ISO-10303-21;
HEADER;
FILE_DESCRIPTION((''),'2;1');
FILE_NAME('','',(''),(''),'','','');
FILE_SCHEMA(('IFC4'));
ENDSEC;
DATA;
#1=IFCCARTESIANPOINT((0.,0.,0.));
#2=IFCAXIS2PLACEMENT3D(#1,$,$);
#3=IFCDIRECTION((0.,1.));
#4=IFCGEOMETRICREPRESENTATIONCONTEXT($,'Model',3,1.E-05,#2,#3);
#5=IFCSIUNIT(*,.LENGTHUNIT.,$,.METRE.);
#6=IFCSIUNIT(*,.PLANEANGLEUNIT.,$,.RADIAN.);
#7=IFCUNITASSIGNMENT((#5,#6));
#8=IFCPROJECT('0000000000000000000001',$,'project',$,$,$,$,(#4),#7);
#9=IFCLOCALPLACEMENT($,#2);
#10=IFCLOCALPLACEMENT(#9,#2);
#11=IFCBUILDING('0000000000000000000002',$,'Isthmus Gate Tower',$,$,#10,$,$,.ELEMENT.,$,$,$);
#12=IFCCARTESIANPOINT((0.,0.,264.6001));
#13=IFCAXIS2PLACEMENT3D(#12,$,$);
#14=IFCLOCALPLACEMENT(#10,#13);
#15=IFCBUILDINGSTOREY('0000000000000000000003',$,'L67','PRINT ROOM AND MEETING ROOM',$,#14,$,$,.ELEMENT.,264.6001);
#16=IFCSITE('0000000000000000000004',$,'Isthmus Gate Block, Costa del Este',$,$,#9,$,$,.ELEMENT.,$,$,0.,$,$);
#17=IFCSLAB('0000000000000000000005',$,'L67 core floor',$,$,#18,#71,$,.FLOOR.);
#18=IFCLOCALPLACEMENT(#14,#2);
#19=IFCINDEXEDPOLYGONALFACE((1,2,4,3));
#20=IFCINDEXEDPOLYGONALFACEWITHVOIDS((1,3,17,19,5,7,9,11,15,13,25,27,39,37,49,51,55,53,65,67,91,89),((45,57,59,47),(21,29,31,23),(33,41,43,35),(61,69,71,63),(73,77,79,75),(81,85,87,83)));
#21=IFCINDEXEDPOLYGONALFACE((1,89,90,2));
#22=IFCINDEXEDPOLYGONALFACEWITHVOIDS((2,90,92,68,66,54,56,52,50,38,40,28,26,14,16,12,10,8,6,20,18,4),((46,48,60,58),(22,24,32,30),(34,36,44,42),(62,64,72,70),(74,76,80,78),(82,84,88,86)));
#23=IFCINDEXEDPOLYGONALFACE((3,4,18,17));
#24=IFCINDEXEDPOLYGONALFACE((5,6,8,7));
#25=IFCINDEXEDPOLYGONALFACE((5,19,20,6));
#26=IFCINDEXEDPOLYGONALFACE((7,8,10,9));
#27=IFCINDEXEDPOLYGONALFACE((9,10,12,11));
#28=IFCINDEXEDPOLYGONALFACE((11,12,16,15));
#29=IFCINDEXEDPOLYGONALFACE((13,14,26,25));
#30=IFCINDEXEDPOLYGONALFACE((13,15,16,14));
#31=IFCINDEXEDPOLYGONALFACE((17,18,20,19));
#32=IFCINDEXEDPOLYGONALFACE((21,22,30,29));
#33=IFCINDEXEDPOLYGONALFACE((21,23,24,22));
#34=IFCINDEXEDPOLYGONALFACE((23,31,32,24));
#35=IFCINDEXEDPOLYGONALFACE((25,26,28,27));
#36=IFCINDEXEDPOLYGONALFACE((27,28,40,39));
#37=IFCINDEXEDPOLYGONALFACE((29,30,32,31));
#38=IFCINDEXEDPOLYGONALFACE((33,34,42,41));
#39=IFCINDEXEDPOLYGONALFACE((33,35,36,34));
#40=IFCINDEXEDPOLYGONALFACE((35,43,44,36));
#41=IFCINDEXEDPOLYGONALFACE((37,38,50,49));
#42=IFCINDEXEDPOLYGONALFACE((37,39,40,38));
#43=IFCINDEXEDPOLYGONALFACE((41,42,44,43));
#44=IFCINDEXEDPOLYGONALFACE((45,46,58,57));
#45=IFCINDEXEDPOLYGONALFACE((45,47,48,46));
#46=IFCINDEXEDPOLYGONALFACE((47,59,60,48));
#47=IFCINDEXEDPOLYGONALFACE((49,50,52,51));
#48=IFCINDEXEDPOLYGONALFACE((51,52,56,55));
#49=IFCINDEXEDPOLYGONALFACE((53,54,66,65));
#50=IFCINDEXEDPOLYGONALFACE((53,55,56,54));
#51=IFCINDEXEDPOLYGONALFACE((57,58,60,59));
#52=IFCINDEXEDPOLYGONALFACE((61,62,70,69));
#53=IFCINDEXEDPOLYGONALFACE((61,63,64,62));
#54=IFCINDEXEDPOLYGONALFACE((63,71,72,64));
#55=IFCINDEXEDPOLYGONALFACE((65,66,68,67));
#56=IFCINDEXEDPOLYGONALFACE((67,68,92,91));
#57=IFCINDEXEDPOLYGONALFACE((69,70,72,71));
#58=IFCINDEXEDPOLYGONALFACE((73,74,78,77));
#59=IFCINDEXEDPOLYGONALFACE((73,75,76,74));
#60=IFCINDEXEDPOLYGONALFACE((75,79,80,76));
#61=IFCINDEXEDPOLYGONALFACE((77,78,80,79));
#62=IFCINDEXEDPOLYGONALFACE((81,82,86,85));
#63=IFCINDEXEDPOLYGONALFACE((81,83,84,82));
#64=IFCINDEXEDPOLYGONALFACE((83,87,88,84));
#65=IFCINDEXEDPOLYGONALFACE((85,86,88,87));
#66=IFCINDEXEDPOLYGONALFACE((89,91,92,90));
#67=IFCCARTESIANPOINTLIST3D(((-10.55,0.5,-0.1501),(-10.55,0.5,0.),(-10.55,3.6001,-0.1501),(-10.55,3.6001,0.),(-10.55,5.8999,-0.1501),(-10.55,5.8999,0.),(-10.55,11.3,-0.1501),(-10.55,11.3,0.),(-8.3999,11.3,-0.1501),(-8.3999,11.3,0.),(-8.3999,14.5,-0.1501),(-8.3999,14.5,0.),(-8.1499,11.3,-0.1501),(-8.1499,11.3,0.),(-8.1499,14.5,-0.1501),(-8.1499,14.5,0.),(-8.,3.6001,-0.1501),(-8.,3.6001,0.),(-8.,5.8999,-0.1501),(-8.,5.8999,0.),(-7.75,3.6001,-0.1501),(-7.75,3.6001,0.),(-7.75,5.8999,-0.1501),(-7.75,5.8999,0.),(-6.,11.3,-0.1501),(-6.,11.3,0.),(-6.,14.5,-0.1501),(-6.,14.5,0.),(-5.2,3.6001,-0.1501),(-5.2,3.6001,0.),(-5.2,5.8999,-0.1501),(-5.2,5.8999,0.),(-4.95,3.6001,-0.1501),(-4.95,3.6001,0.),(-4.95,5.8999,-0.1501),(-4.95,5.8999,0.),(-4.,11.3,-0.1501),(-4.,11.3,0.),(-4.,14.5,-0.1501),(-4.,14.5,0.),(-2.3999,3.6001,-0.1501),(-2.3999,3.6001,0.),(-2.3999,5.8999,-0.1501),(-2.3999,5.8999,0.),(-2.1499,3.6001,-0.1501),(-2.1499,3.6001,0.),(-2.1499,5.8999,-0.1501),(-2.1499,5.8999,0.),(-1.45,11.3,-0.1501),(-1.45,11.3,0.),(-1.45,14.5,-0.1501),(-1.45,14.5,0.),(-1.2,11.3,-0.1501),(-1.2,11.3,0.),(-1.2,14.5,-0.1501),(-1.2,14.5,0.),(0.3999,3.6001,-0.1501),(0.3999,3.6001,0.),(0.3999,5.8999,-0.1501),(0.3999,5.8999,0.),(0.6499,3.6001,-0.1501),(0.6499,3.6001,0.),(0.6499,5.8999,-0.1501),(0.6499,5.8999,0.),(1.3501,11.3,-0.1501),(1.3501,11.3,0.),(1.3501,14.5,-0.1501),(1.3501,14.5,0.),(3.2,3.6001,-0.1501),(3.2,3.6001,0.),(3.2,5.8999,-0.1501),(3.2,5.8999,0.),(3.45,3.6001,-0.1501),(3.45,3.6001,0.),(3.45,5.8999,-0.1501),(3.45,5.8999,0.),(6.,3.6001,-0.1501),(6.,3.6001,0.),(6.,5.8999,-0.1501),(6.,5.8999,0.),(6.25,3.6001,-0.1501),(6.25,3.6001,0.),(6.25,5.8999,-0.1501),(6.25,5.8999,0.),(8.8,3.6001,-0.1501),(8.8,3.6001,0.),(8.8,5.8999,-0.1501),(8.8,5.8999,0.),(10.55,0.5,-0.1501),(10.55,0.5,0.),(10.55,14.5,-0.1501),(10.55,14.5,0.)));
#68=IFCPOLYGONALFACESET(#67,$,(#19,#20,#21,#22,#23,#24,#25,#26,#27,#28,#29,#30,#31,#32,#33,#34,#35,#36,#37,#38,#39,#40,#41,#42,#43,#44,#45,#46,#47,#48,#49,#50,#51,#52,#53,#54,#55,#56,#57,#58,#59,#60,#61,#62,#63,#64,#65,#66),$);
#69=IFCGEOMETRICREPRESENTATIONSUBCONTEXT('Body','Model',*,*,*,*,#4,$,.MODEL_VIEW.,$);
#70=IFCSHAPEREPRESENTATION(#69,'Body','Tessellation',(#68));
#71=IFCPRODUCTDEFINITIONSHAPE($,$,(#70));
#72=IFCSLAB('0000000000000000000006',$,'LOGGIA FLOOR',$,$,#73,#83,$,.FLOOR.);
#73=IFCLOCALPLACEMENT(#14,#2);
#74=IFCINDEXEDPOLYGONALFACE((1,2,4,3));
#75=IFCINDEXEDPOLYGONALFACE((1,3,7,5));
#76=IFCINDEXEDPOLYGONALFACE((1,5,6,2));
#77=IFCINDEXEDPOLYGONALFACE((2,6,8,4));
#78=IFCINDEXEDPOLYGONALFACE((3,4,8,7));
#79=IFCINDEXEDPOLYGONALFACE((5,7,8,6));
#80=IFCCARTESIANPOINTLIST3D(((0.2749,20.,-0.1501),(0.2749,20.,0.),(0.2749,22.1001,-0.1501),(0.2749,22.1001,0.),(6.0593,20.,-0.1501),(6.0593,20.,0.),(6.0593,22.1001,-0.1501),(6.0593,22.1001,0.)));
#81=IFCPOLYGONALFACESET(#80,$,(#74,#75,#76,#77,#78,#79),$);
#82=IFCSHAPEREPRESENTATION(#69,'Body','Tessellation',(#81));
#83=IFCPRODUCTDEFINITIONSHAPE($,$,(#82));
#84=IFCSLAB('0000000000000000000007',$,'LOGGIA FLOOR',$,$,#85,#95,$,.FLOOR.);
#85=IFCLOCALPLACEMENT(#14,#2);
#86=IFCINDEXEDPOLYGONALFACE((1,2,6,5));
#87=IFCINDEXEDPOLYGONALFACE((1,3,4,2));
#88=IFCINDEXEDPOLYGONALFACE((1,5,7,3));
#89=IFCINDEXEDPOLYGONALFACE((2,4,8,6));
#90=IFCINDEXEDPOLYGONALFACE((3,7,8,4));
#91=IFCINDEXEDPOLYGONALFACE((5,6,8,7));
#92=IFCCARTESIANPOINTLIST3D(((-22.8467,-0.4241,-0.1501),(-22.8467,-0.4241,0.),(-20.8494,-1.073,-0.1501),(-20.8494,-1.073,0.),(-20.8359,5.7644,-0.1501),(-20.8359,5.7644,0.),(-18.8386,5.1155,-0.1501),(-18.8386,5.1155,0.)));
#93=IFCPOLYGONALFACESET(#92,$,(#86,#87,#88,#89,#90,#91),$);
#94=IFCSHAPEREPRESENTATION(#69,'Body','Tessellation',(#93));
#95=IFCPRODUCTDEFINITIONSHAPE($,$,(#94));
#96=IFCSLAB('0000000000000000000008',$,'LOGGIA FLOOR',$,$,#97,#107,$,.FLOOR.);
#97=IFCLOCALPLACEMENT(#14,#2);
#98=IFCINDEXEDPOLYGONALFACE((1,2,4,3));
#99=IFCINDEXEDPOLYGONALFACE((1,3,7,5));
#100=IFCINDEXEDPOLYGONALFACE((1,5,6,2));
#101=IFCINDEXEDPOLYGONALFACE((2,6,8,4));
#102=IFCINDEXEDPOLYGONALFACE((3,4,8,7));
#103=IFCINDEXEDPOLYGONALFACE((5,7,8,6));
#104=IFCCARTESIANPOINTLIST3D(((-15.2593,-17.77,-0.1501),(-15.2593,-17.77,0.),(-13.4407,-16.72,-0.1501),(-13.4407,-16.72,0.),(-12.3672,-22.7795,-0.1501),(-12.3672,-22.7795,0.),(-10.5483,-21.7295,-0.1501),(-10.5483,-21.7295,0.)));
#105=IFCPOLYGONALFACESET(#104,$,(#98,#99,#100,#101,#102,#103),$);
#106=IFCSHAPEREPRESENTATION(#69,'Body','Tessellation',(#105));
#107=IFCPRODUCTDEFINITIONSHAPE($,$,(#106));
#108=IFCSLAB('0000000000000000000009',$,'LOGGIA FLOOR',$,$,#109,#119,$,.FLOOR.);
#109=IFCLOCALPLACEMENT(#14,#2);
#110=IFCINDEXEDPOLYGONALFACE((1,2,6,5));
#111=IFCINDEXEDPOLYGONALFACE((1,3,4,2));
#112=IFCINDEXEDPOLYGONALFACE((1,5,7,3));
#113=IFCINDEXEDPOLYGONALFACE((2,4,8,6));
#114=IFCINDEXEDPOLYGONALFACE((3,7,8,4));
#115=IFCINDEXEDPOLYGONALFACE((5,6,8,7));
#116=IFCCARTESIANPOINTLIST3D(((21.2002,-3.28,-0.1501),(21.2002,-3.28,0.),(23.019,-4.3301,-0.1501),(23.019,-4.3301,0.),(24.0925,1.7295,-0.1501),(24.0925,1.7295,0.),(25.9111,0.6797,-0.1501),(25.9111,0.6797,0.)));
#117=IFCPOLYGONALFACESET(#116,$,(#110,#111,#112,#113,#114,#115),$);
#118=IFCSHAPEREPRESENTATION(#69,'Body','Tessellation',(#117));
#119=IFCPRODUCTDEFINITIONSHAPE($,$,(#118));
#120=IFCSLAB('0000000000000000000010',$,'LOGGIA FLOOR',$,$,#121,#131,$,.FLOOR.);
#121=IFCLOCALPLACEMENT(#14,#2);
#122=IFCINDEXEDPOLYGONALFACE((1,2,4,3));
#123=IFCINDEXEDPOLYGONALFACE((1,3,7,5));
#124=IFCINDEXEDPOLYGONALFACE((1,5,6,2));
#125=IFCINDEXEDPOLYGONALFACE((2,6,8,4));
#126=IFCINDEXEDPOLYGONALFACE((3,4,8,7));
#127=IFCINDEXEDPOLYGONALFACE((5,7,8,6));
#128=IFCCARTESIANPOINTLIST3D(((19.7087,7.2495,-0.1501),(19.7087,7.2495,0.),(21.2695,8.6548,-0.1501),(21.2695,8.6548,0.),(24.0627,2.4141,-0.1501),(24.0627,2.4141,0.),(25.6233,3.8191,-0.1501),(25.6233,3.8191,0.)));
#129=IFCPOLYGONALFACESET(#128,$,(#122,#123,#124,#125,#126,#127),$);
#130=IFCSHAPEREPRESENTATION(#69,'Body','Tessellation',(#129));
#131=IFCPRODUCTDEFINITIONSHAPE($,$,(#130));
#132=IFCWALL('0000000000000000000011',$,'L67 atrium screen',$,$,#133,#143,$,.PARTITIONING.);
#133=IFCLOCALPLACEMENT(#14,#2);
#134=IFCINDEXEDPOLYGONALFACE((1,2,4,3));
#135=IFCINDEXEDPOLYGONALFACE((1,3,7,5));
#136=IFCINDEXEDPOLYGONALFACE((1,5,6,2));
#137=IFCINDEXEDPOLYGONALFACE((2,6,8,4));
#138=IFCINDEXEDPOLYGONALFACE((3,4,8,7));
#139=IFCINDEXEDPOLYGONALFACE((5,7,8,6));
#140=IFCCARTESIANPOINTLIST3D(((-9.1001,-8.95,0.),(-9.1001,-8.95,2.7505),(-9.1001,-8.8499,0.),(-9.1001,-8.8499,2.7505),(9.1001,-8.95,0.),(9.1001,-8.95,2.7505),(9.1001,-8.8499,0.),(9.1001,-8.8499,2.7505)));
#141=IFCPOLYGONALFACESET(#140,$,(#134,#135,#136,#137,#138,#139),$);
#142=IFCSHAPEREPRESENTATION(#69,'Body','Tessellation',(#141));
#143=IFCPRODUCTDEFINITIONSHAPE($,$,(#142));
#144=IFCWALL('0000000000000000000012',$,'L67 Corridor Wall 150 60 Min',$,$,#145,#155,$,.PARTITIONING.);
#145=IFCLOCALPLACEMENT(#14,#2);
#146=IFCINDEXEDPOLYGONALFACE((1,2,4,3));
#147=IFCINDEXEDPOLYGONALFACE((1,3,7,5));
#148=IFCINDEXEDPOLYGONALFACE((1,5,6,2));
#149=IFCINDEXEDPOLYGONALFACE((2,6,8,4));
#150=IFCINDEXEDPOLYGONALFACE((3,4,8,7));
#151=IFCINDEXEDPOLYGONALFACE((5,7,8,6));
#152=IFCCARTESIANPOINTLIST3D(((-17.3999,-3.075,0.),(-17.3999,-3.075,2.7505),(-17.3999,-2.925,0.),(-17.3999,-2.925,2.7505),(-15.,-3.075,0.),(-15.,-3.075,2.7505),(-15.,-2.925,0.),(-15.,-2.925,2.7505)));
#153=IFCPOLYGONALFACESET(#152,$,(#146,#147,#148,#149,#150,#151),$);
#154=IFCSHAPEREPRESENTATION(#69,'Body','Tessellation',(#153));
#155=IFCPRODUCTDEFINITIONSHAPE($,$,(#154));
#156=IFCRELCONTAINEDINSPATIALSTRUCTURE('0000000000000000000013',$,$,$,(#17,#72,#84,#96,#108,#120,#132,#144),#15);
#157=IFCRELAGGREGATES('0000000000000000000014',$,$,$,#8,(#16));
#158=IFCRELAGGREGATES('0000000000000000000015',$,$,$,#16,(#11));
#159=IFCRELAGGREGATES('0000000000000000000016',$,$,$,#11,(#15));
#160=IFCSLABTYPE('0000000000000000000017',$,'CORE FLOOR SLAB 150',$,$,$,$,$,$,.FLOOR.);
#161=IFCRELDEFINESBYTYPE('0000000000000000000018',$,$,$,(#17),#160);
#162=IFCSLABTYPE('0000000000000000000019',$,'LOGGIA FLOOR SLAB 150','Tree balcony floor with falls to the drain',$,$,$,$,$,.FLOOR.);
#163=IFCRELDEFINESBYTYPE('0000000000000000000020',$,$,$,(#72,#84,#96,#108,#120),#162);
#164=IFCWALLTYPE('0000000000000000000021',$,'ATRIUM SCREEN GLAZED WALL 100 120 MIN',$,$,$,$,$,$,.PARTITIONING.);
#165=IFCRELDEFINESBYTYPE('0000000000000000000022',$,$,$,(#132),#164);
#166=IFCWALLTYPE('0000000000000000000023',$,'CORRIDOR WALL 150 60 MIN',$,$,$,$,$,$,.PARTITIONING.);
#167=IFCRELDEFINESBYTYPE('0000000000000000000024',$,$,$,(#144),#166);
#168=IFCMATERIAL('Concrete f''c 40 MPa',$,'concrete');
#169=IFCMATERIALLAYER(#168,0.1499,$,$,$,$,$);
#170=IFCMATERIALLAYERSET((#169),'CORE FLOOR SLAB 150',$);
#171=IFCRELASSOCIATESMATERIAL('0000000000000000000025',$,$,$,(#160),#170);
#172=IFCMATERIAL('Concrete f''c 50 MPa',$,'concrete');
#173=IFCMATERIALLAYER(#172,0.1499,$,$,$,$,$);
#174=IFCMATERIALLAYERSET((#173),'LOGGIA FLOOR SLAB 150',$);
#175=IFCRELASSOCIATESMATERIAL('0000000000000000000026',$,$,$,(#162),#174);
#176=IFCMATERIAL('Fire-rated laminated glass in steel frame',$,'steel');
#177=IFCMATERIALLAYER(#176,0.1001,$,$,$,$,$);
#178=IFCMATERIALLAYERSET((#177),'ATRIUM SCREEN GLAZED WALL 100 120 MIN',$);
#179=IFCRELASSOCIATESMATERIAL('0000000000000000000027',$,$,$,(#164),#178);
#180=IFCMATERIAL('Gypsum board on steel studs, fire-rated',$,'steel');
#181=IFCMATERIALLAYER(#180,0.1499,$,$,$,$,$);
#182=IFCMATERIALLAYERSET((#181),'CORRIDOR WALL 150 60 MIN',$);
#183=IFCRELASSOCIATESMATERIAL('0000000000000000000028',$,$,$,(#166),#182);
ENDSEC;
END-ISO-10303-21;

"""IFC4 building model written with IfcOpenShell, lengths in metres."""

from ifc_helpers import new_model, si_unit, direction, frame, frame_2d, origin, place, context, subcontext, project, spatial, polyline, rectangle, outline, extrude, material, layer, layer_set, type_object, element, save


model = new_model("IFC4")

# Units and contexts
model_context = context("Model", 3, precision=1e-05, world=origin(), true_north=direction((0.0, 1.0)))
body_context = subcontext(model_context, "Body", "Model", "MODEL_VIEW")
ifc_project = project(units=[si_unit("LENGTHUNIT", "METRE"), si_unit("PLANEANGLEUNIT", "RADIAN")], contexts=[model_context])

# Site, building, storey
site_placement = place(None, origin())
site = spatial("IfcSite", under=ifc_project, at=site_placement, Name="Isthmus Gate Block, Costa del Este", CompositionType="ELEMENT", RefElevation=0.0)
building_placement = place(site_placement, origin())
building = spatial("IfcBuilding", under=site, at=building_placement, Name="Isthmus Gate Tower", CompositionType="ELEMENT")
storey_placement = place(building_placement, frame((0.0, 0.0, 264.6001)))
storey = spatial("IfcBuildingStorey", under=building, at=storey_placement, Name="L67", Description="PRINT ROOM AND MEETING ROOM", CompositionType="ELEMENT", Elevation=264.6001)

# Slabs
ifc_material_1 = material(Name="Concrete f'c 40 MPa", Category="concrete")
ifc_layer_1 = layer(ifc_material_1, 0.1499)
ifc_layer_set_1 = layer_set([ifc_layer_1], Name="CORE FLOOR SLAB 150")
slab_type_1 = type_object("IfcSlabType", Name="CORE FLOOR SLAB 150", PredefinedType="FLOOR", material=ifc_layer_set_1)
slab_1_placement = place(storey_placement, frame((0.0, 0.0, -0.1501)))
element("IfcSlab", 1, at=slab_1_placement, inside=storey, type_object=slab_type_1, Name="L67 core floor", PredefinedType="FLOOR", context=body_context, shape_type="SweptSolid", body=[
    extrude(outline(polyline([(10.55, 14.5), (1.3501, 14.5), (1.3501, 11.3), (-1.2, 11.3), (-1.2, 14.5), (-1.45, 14.5), (-1.45, 11.3), (-4.0, 11.3), (-4.0, 14.5), (-6.0, 14.5), (-6.0, 11.3), (-8.1499, 11.3), (-8.1499, 14.5), (-8.3999, 14.5), (-8.3999, 11.3), (-10.55, 11.3), (-10.55, 5.8999), (-8.0, 5.8999), (-8.0, 3.6001), (-10.55, 3.6001), (-10.55, 0.5), (10.55, 0.5), (10.55, 14.5)]), holes=[polyline([(-5.2, 5.8999), (-5.2, 3.6001), (-7.75, 3.6001), (-7.75, 5.8999), (-5.2, 5.8999)]), polyline([(-2.3999, 5.8999), (-2.3999, 3.6001), (-4.95, 3.6001), (-4.95, 5.8999), (-2.3999, 5.8999)]), polyline([(0.3999, 5.8999), (0.3999, 3.6001), (-2.1499, 3.6001), (-2.1499, 5.8999), (0.3999, 5.8999)]), polyline([(3.2, 5.8999), (3.2, 3.6001), (0.6499, 3.6001), (0.6499, 5.8999), (3.2, 5.8999)]), polyline([(6.0, 5.8999), (6.0, 3.6001), (3.45, 3.6001), (3.45, 5.8999), (6.0, 5.8999)]), polyline([(8.8, 5.8999), (8.8, 3.6001), (6.25, 3.6001), (6.25, 5.8999), (8.8, 5.8999)])]), origin(), (0.0, 0.0, 1.0), 0.1501),
])
ifc_material_2 = material(Name="Concrete f'c 50 MPa", Category="concrete")
ifc_layer_2 = layer(ifc_material_2, 0.1499)
ifc_layer_set_2 = layer_set([ifc_layer_2], Name="LOGGIA FLOOR SLAB 150")
slab_type_2 = type_object("IfcSlabType", Name="LOGGIA FLOOR SLAB 150", Description="Tree balcony floor with falls to the drain", PredefinedType="FLOOR", material=ifc_layer_set_2)
slab_2_placement = place(storey_placement, frame((0.0, 0.0, -0.1501)))
element("IfcSlab", 2, at=slab_2_placement, inside=storey, type_object=slab_type_2, Name="LOGGIA FLOOR", PredefinedType="FLOOR", context=body_context, shape_type="SweptSolid", body=[
    extrude(outline(polyline([(6.0593, 22.1001), (0.2749, 22.1001), (0.2749, 20.0), (6.0593, 20.0), (6.0593, 22.1001)])), origin(), (0.0, 0.0, 1.0), 0.1501),
])
slab_3_placement = place(storey_placement, frame((0.0, 0.0, -0.1501)))
element("IfcSlab", 3, at=slab_3_placement, inside=storey, type_object=slab_type_2, Name="LOGGIA FLOOR", PredefinedType="FLOOR", context=body_context, shape_type="SweptSolid", body=[
    extrude(outline(polyline([(-20.8359, 5.7644), (-22.8467, -0.4241), (-20.8494, -1.073), (-18.8386, 5.1155), (-20.8359, 5.7644)])), origin(), (0.0, 0.0, 1.0), 0.1501),
])
slab_4_placement = place(storey_placement, frame((0.0, 0.0, -0.1501)))
element("IfcSlab", 4, at=slab_4_placement, inside=storey, type_object=slab_type_2, Name="LOGGIA FLOOR", PredefinedType="FLOOR", context=body_context, shape_type="SweptSolid", body=[
    extrude(outline(polyline([(-15.2593, -17.77), (-12.3672, -22.7795), (-10.5483, -21.7295), (-13.4407, -16.72), (-15.2593, -17.77)])), origin(), (0.0, 0.0, 1.0), 0.1501),
])
slab_5_placement = place(storey_placement, frame((0.0, 0.0, -0.1501)))
element("IfcSlab", 5, at=slab_5_placement, inside=storey, type_object=slab_type_2, Name="LOGGIA FLOOR", PredefinedType="FLOOR", context=body_context, shape_type="SweptSolid", body=[
    extrude(outline(polyline([(23.019, -4.3301), (25.9111, 0.6797), (24.0925, 1.7295), (21.2002, -3.28), (23.019, -4.3301)])), origin(), (0.0, 0.0, 1.0), 0.1501),
])
slab_6_placement = place(storey_placement, frame((0.0, 0.0, -0.1501)))
element("IfcSlab", 6, at=slab_6_placement, inside=storey, type_object=slab_type_2, Name="LOGGIA FLOOR", PredefinedType="FLOOR", context=body_context, shape_type="SweptSolid", body=[
    extrude(outline(polyline([(25.6233, 3.8191), (21.2695, 8.6548), (19.7087, 7.2495), (24.0627, 2.4141), (25.6233, 3.8191)])), origin(), (0.0, 0.0, 1.0), 0.1501),
])

# Walls
ifc_material_3 = material(Name="Fire-rated laminated glass in steel frame", Category="steel")
ifc_layer_3 = layer(ifc_material_3, 0.1001)
ifc_layer_set_3 = layer_set([ifc_layer_3], Name="ATRIUM SCREEN GLAZED WALL 100 120 MIN")
wall_type_1 = type_object("IfcWallType", Name="ATRIUM SCREEN GLAZED WALL 100 120 MIN", PredefinedType="PARTITIONING", material=ifc_layer_set_3)
wall_1_placement = place(storey_placement, frame((-9.1001, -8.8999, 0.0), z_axis=(0.0, 0.0, 1.0), x_axis=(1.0, 0.0, 0.0)))
element("IfcWall", 7, at=wall_1_placement, inside=storey, type_object=wall_type_1, Name="L67 atrium screen", PredefinedType="PARTITIONING", context=body_context, shape_type="SweptSolid", body=[
    extrude(rectangle(XDim=18.2002, YDim=0.1001, at=frame_2d((9.1001, 0.0))), origin(), (0.0, 0.0, 1.0), 2.7505),
])
ifc_material_4 = material(Name="Gypsum board on steel studs, fire-rated", Category="steel")
ifc_layer_4 = layer(ifc_material_4, 0.1499)
ifc_layer_set_4 = layer_set([ifc_layer_4], Name="CORRIDOR WALL 150 60 MIN")
wall_type_2 = type_object("IfcWallType", Name="CORRIDOR WALL 150 60 MIN", PredefinedType="PARTITIONING", material=ifc_layer_set_4)
wall_2_placement = place(storey_placement, frame((-15.0, -3.0, 0.0), z_axis=(0.0, 0.0, 1.0), x_axis=(-1.0, 0.0, 0.0)))
element("IfcWall", 8, at=wall_2_placement, inside=storey, type_object=wall_type_2, Name="L67 Corridor Wall 150 60 Min", PredefinedType="PARTITIONING", context=body_context, shape_type="SweptSolid", body=[
    extrude(rectangle(XDim=2.3999, YDim=0.1499, at=frame_2d((1.2, 0.0))), origin(), (0.0, 0.0, 1.0), 2.7505),
])

save(model, "model.ifc")
